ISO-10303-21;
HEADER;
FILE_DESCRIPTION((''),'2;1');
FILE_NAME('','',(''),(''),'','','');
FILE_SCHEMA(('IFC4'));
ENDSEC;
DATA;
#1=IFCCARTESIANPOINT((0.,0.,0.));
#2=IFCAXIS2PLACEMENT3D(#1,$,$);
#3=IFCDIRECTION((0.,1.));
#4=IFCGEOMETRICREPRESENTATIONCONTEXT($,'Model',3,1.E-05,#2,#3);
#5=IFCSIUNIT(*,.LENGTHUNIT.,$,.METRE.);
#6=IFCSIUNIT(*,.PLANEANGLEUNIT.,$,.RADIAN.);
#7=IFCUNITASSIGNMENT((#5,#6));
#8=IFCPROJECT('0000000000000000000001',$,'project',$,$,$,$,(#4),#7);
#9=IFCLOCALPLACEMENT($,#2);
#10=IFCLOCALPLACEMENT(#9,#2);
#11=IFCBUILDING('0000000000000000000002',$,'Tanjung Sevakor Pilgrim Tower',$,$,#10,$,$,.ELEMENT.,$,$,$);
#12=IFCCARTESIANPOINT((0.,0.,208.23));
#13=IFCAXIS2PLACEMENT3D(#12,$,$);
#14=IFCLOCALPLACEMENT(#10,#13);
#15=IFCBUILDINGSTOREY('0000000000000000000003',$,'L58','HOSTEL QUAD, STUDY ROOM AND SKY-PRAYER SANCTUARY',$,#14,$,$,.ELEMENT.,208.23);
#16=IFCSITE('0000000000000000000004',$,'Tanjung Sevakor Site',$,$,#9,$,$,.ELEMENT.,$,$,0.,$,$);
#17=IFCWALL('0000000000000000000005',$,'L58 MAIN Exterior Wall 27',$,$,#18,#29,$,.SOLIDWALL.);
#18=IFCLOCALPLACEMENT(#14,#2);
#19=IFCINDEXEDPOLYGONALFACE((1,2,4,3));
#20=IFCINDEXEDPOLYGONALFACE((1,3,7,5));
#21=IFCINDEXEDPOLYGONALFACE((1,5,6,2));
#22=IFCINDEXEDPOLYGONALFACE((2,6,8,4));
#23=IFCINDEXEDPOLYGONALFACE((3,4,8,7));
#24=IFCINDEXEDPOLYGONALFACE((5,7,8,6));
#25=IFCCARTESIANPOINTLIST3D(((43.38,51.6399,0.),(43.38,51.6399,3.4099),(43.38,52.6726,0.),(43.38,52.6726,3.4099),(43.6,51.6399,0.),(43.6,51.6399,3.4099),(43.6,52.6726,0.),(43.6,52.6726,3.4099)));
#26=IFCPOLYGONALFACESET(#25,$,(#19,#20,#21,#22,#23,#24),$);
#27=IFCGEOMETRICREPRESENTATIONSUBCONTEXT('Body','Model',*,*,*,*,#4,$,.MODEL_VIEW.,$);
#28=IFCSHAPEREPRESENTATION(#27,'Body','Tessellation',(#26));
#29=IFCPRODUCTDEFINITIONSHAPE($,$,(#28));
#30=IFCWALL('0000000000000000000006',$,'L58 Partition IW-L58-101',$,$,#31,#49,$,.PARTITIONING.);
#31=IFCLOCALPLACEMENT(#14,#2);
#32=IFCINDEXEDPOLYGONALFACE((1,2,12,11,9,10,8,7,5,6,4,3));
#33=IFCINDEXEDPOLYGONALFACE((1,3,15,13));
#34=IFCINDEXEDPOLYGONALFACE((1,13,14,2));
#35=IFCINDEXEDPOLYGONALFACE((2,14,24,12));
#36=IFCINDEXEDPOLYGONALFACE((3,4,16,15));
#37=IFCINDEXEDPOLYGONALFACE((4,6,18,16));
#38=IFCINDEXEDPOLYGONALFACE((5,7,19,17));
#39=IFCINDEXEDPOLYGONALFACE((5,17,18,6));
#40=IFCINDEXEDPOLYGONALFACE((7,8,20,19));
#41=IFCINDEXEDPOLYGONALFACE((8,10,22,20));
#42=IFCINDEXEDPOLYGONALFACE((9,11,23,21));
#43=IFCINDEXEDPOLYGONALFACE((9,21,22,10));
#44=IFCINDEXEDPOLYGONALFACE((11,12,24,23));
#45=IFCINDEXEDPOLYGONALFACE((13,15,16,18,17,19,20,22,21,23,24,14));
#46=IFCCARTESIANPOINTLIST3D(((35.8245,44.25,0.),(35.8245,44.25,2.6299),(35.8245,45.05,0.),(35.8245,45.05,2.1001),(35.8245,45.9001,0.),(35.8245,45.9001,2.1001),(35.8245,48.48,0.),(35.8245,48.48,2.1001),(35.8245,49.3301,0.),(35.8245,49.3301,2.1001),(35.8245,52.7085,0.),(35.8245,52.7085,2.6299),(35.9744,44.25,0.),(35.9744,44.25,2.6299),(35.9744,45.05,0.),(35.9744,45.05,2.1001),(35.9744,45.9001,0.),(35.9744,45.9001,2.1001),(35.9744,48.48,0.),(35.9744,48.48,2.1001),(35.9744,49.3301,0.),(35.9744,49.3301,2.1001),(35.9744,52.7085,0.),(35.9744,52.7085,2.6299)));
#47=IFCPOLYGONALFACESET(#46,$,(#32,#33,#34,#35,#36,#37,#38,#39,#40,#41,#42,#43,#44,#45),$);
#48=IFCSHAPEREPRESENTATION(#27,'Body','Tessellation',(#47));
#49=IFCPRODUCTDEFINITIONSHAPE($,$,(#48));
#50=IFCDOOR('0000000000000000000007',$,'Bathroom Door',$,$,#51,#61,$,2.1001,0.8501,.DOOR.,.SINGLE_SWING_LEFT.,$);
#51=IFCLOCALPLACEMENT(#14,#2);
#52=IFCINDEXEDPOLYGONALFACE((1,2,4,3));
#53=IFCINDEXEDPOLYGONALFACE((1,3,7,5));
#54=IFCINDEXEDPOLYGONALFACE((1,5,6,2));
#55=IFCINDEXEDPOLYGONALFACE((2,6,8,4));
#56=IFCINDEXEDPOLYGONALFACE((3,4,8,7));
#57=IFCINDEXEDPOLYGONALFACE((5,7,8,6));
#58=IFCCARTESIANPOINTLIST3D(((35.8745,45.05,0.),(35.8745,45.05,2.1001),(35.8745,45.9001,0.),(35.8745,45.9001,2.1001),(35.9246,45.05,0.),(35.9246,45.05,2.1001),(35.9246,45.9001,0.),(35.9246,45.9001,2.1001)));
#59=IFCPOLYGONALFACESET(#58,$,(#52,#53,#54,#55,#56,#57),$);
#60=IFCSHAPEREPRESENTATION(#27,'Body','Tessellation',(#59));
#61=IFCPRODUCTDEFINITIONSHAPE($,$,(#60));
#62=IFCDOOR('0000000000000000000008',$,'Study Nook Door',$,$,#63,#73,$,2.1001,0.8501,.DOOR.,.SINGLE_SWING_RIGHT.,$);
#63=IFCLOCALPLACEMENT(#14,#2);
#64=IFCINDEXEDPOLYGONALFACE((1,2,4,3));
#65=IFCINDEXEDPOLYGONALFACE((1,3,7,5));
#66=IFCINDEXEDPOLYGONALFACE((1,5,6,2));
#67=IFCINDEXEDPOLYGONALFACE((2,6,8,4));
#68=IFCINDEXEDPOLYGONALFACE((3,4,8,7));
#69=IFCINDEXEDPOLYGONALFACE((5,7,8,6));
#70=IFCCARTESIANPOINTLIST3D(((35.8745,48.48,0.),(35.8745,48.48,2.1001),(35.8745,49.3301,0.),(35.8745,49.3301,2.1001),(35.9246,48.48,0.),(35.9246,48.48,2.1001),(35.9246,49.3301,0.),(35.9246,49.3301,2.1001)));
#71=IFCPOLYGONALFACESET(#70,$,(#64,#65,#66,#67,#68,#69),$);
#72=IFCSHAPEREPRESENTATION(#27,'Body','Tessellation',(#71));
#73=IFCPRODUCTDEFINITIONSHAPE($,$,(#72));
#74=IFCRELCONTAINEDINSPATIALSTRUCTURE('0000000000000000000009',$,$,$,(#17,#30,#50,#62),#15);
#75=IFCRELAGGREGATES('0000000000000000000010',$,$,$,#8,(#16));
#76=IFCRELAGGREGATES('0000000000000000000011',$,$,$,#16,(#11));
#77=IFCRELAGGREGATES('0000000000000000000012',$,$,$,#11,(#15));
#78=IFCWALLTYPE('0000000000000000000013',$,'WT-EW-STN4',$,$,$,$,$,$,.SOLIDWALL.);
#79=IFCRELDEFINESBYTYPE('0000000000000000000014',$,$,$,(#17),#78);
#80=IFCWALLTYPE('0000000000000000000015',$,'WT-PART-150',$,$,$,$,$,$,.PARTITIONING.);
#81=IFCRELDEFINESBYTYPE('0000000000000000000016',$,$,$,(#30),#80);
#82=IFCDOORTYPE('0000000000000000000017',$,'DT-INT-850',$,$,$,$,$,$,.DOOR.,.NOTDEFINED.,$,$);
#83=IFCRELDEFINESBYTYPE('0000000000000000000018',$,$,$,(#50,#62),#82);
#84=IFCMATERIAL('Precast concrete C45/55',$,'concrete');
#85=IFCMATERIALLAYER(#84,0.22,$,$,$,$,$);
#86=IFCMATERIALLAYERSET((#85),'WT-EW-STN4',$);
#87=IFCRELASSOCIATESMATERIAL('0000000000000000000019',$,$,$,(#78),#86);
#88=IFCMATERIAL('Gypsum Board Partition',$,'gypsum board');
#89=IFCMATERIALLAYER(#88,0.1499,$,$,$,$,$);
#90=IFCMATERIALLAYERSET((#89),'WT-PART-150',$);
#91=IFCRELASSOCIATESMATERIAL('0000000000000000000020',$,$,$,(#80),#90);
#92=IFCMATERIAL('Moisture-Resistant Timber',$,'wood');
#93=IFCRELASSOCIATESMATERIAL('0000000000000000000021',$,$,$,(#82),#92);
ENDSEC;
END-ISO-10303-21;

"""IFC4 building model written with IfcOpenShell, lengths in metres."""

from ifc_helpers import new_model, si_unit, direction, frame, frame_2d, origin, place, context, subcontext, project, spatial, rectangle, extrude, material, layer, layer_set, type_object, element, fill, save


model = new_model("IFC4")

# Units and contexts
model_context = context("Model", 3, precision=1e-05, world=origin(), true_north=direction((0.0, 1.0)))
body_context = subcontext(model_context, "Body", "Model", "MODEL_VIEW")
ifc_project = project(units=[si_unit("LENGTHUNIT", "METRE"), si_unit("PLANEANGLEUNIT", "RADIAN")], contexts=[model_context])

# Site, building, storey
site_placement = place(None, origin())
site = spatial("IfcSite", under=ifc_project, at=site_placement, Name="Tanjung Sevakor Site", CompositionType="ELEMENT", RefElevation=0.0)
building_placement = place(site_placement, origin())
building = spatial("IfcBuilding", under=site, at=building_placement, Name="Tanjung Sevakor Pilgrim Tower", CompositionType="ELEMENT")
storey_placement = place(building_placement, frame((0.0, 0.0, 208.23)))
storey = spatial("IfcBuildingStorey", under=building, at=storey_placement, Name="L58", Description="HOSTEL QUAD, STUDY ROOM AND SKY-PRAYER SANCTUARY", CompositionType="ELEMENT", Elevation=208.23)

# Wall
ifc_material_1 = material(Name="Precast concrete C45/55", Category="concrete")
ifc_layer_1 = layer(ifc_material_1, 0.22)
ifc_layer_set_1 = layer_set([ifc_layer_1], Name="WT-EW-STN4")
wall_type_1 = type_object("IfcWallType", Name="WT-EW-STN4", PredefinedType="SOLIDWALL", material=ifc_layer_set_1)
wall_1_placement = place(storey_placement, frame((43.49, 51.6399, 0.0), z_axis=(0.0, 0.0, 1.0), x_axis=(0.0, 1.0, 0.0)))
element("IfcWall", 1, at=wall_1_placement, inside=storey, type_object=wall_type_1, Name="L58 MAIN Exterior Wall 27", PredefinedType="SOLIDWALL", context=body_context, shape_type="SweptSolid", body=[
    extrude(rectangle(XDim=1.0327, YDim=0.22, at=frame_2d((0.5164, 0.0))), origin(), (0.0, 0.0, 1.0), 3.4099),
])

# Wall, openings, doors
ifc_material_2 = material(Name="Gypsum Board Partition", Category="gypsum board")
ifc_layer_2 = layer(ifc_material_2, 0.1499)
ifc_layer_set_2 = layer_set([ifc_layer_2], Name="WT-PART-150")
wall_type_2 = type_object("IfcWallType", Name="WT-PART-150", PredefinedType="PARTITIONING", material=ifc_layer_set_2)
wall_2_placement = place(storey_placement, frame((35.8994, 44.25, 0.0), z_axis=(0.0, 0.0, 1.0), x_axis=(0.0, 1.0, 0.0)))
wall_2 = element("IfcWall", 2, at=wall_2_placement, inside=storey, type_object=wall_type_2, Name="L58 Partition IW-L58-101", PredefinedType="PARTITIONING", context=body_context, shape_type="SweptSolid", body=[
    extrude(rectangle(XDim=8.4585, YDim=0.1499, at=frame_2d((4.2292, 0.0))), origin(), (0.0, 0.0, 1.0), 2.6299),
])
opening_1_placement = place(wall_2_placement, frame((0.8, 0.0, 0.0)))
opening_1 = element("IfcOpeningElement", 3, at=opening_1_placement, cuts=wall_2, PredefinedType="OPENING", context=body_context, shape_type="SweptSolid", body=[
    extrude(rectangle(XDim=0.8501, YDim=2.1001, at=frame_2d((0.425, 1.05))), frame((0.0, 0.085, 0.0), z_axis=(0.0, -1.0, 0.0), x_axis=(1.0, 0.0, 0.0)), (0.0, 0.0, 1.0), 0.1699),
])
opening_2_placement = place(wall_2_placement, frame((4.23, 0.0, 0.0)))
opening_2 = element("IfcOpeningElement", 4, at=opening_2_placement, cuts=wall_2, PredefinedType="OPENING", context=body_context, shape_type="SweptSolid", body=[
    extrude(rectangle(XDim=0.8501, YDim=2.1001, at=frame_2d((0.425, 1.05))), frame((0.0, 0.085, 0.0), z_axis=(0.0, -1.0, 0.0), x_axis=(1.0, 0.0, 0.0)), (0.0, 0.0, 1.0), 0.1699),
])
ifc_material_3 = material(Name="Moisture-Resistant Timber", Category="wood")
door_type_1 = type_object("IfcDoorType", Name="DT-INT-850", OperationType="NOTDEFINED", PredefinedType="DOOR", material=ifc_material_3)
door_1_placement = place(opening_1_placement, origin())
door_1 = element("IfcDoor", 5, at=door_1_placement, inside=storey, type_object=door_type_1, Name="Bathroom Door", OperationType="SINGLE_SWING_LEFT", OverallHeight=2.1001, OverallWidth=0.8501, PredefinedType="DOOR", context=body_context, shape_type="SweptSolid", body=[
    extrude(rectangle(XDim=0.8501, YDim=2.1001, at=frame_2d((0.425, 1.05))), frame((0.0, 0.0249, 0.0), z_axis=(0.0, -1.0, 0.0), x_axis=(1.0, 0.0, 0.0)), (0.0, 0.0, 1.0), 0.05),
])
fill(opening_1, door_1)
door_2_placement = place(opening_2_placement, origin())
door_2 = element("IfcDoor", 6, at=door_2_placement, inside=storey, type_object=door_type_1, Name="Study Nook Door", OperationType="SINGLE_SWING_RIGHT", OverallHeight=2.1001, OverallWidth=0.8501, PredefinedType="DOOR", context=body_context, shape_type="SweptSolid", body=[
    extrude(rectangle(XDim=0.8501, YDim=2.1001, at=frame_2d((0.425, 1.05))), frame((0.0, 0.0249, 0.0), z_axis=(0.0, -1.0, 0.0), x_axis=(1.0, 0.0, 0.0)), (0.0, 0.0, 1.0), 0.05),
])
fill(opening_2, door_2)

save(model, "model.ifc")
